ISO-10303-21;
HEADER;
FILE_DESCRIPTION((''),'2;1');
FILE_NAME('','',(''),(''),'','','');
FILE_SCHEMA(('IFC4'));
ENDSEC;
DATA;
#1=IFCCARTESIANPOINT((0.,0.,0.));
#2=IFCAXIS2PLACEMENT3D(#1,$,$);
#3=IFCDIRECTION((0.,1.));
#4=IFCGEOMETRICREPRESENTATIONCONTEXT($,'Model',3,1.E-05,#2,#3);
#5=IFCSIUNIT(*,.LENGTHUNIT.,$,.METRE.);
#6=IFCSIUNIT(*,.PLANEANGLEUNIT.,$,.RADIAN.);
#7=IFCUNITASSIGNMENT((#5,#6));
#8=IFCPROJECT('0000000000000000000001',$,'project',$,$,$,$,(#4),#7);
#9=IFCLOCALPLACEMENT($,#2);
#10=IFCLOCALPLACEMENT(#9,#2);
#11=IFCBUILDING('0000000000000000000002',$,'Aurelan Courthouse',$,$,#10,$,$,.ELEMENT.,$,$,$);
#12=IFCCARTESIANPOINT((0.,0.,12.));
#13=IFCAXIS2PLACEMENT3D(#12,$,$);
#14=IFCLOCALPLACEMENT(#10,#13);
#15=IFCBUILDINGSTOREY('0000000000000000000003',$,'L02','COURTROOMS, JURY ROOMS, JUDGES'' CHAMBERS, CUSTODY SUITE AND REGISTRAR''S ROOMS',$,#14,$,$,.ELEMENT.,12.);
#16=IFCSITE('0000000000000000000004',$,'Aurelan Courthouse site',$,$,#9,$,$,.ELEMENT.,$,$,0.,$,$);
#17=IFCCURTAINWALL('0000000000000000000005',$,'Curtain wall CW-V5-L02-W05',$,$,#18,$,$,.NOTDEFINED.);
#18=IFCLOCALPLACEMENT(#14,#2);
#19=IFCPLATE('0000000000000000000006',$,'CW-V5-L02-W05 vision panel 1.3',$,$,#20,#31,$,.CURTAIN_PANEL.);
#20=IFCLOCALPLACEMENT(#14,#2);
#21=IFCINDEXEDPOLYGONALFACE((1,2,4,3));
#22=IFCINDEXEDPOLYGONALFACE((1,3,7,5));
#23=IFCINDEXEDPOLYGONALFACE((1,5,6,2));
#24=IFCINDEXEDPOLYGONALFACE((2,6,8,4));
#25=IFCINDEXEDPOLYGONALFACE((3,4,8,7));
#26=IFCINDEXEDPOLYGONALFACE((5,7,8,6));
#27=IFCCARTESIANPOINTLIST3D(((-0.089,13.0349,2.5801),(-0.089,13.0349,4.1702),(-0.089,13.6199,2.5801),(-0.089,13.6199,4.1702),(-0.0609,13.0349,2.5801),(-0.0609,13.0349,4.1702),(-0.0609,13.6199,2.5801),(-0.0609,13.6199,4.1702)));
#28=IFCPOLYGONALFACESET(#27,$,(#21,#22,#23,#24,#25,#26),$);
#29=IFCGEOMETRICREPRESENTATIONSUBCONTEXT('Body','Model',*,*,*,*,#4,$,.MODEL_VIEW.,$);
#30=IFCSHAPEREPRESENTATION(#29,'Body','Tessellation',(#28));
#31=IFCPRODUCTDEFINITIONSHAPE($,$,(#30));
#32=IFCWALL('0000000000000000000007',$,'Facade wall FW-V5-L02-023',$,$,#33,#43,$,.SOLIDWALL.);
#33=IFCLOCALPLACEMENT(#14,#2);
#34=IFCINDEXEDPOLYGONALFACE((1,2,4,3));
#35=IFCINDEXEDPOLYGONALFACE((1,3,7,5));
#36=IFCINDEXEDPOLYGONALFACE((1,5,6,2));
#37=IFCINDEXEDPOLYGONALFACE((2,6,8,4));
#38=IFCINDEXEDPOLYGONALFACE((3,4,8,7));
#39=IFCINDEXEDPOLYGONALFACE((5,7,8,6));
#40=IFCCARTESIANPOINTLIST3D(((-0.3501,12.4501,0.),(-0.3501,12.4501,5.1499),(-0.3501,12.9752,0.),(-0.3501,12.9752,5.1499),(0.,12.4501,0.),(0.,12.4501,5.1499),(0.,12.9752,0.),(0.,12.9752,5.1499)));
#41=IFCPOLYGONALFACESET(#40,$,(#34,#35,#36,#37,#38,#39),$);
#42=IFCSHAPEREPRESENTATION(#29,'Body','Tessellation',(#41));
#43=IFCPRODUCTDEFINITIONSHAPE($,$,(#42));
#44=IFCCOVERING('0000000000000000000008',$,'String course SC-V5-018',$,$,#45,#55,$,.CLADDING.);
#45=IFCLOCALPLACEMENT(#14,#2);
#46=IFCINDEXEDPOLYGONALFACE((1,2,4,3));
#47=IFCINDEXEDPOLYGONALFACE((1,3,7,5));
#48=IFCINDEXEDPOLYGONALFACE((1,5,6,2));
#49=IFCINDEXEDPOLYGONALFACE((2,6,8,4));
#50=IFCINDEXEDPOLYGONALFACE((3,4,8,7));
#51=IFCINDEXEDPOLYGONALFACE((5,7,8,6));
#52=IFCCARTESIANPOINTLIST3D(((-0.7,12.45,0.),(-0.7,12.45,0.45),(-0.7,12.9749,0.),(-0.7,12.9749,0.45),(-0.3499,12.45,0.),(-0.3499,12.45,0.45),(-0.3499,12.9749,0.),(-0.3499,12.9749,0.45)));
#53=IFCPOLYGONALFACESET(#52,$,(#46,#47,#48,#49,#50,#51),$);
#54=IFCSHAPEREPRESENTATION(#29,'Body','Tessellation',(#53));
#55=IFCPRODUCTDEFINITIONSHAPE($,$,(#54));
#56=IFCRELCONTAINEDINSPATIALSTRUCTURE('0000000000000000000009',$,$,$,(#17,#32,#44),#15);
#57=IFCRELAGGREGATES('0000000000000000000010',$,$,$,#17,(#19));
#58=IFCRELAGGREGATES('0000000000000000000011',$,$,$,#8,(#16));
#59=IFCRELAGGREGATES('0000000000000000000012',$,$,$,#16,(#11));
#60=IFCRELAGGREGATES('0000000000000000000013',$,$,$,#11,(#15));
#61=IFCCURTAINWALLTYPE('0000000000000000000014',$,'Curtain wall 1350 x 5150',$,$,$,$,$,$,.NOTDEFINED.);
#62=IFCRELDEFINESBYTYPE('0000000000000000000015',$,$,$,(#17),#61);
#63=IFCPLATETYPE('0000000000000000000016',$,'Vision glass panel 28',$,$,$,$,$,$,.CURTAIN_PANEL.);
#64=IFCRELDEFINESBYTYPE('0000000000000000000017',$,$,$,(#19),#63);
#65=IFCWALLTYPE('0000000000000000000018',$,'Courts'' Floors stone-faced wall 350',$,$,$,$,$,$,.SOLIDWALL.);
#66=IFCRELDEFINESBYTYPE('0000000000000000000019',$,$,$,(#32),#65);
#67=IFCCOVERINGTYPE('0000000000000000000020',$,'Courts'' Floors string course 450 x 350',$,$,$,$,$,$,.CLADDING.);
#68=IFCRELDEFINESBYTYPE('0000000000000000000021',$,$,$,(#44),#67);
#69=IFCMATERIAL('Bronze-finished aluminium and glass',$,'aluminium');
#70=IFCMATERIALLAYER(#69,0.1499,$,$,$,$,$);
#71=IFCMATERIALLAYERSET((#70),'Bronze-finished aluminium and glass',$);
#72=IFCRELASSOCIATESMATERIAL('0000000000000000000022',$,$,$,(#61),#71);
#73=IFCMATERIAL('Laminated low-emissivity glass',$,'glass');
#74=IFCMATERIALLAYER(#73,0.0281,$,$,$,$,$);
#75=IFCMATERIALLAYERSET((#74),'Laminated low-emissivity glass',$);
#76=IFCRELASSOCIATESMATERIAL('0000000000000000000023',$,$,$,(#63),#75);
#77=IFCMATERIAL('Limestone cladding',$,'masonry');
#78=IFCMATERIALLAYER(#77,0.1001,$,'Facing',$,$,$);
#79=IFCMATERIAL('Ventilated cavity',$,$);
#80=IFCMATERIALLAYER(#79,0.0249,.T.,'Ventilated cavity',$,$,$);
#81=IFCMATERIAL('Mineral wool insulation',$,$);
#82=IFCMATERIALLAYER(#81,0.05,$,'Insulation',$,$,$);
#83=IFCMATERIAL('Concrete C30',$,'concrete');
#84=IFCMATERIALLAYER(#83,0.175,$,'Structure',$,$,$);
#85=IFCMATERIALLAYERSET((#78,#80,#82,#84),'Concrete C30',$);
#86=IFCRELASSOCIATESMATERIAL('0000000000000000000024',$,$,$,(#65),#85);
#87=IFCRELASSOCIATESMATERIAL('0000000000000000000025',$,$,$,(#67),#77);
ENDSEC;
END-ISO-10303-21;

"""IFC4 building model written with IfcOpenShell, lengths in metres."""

from ifc_helpers import new_model, si_unit, direction, frame, frame_2d, origin, origin_2d, place, context, subcontext, project, spatial, rectangle, extrude, material, layer, layer_set, type_object, element, aggregate, save


model = new_model("IFC4")

# Units and contexts
model_context = context("Model", 3, precision=1e-05, world=origin(), true_north=direction((0.0, 1.0)))
body_context = subcontext(model_context, "Body", "Model", "MODEL_VIEW")
ifc_project = project(units=[si_unit("LENGTHUNIT", "METRE"), si_unit("PLANEANGLEUNIT", "RADIAN")], contexts=[model_context])

# Site, building, storey
site_placement = place(None, origin())
site = spatial("IfcSite", under=ifc_project, at=site_placement, Name="Aurelan Courthouse site", CompositionType="ELEMENT", RefElevation=0.0)
building_placement = place(site_placement, origin())
building = spatial("IfcBuilding", under=site, at=building_placement, Name="Aurelan Courthouse", CompositionType="ELEMENT")
storey_placement = place(building_placement, frame((0.0, 0.0, 12.0)))
storey = spatial("IfcBuildingStorey", under=building, at=storey_placement, Name="L02", Description="COURTROOMS, JURY ROOMS, JUDGES' CHAMBERS, CUSTODY SUITE AND REGISTRAR'S ROOMS", CompositionType="ELEMENT", Elevation=12.0)

# Curtain wall
ifc_material_1 = material(Name="Bronze-finished aluminium and glass", Category="aluminium")
ifc_layer_1 = layer(ifc_material_1, 0.1499)
ifc_layer_set_1 = layer_set([ifc_layer_1], Name="Bronze-finished aluminium and glass")
curtain_wall_type = type_object("IfcCurtainWallType", Name="Curtain wall 1350 x 5150", PredefinedType="NOTDEFINED", material=ifc_layer_set_1)
curtain_wall_placement = place(storey_placement, origin())
curtain_wall = element("IfcCurtainWall", 1, at=curtain_wall_placement, inside=storey, type_object=curtain_wall_type, Name="Curtain wall CW-V5-L02-W05", PredefinedType="NOTDEFINED")

# Plate
ifc_material_2 = material(Name="Limestone cladding", Category="masonry")
ifc_material_3 = material(Name="Laminated low-emissivity glass", Category="glass")
ifc_layer_2 = layer(ifc_material_3, 0.0281)
ifc_layer_set_2 = layer_set([ifc_layer_2], Name="Laminated low-emissivity glass")
plate_type_1 = type_object("IfcPlateType", Name="Vision glass panel 28", PredefinedType="CURTAIN_PANEL", material=ifc_layer_set_2)
plate_1_placement = place(storey_placement, frame((-0.075, 13.3274, 2.5801), z_axis=(0.0, 0.0, 1.0), x_axis=(0.0, 1.0, 0.0)))
plate_1 = element("IfcPlate", 2, at=plate_1_placement, type_object=plate_type_1, Name="CW-V5-L02-W05 vision panel 1.3", PredefinedType="CURTAIN_PANEL", context=body_context, shape_type="SweptSolid", body=[
    extrude(rectangle(XDim=0.585, YDim=0.0281, at=origin_2d()), origin(), (0.0, 0.0, 1.0), 1.5901),
])
aggregate(curtain_wall, [plate_1])

# Wall
ifc_layer_3 = layer(ifc_material_2, 0.1001, Name="Facing")
ifc_material_4 = material(Name="Ventilated cavity")
ifc_layer_4 = layer(ifc_material_4, 0.0249, ventilated=True, Name="Ventilated cavity")
ifc_material_5 = material(Name="Mineral wool insulation")
ifc_layer_5 = layer(ifc_material_5, 0.05, Name="Insulation")
ifc_material_6 = material(Name="Concrete C30", Category="concrete")
ifc_layer_6 = layer(ifc_material_6, 0.175, Name="Structure")
ifc_layer_set_3 = layer_set([ifc_layer_3, ifc_layer_4, ifc_layer_5, ifc_layer_6], Name="Concrete C30")
wall_type = type_object("IfcWallType", Name="Courts' Floors stone-faced wall 350", PredefinedType="SOLIDWALL", material=ifc_layer_set_3)
wall_placement = place(storey_placement, frame((-0.175, 12.45, 0.0), z_axis=(0.0, 0.0, 1.0), x_axis=(0.0, 1.0, 0.0)))
element("IfcWall", 3, at=wall_placement, inside=storey, type_object=wall_type, Name="Facade wall FW-V5-L02-023", PredefinedType="SOLIDWALL", context=body_context, shape_type="SweptSolid", body=[
    extrude(rectangle(XDim=0.5251, YDim=0.3501, at=frame_2d((0.2627, 0.0))), origin(), (0.0, 0.0, 1.0), 5.1499),
])

# Covering
covering_type = type_object("IfcCoveringType", Name="Courts' Floors string course 450 x 350", PredefinedType="CLADDING", material=ifc_material_2)
covering_placement = place(storey_placement, frame((-0.5249, 12.7124, 0.0), z_axis=(0.0, 0.0, 1.0), x_axis=(1.0, 0.0, 0.0)))
element("IfcCovering", 4, at=covering_placement, inside=storey, type_object=covering_type, Name="String course SC-V5-018", PredefinedType="CLADDING", context=body_context, shape_type="SweptSolid", body=[
    extrude(rectangle(XDim=0.3501, YDim=0.5249, at=origin_2d()), origin(), (0.0, 0.0, 1.0), 0.45),
])

save(model, "model.ifc")
